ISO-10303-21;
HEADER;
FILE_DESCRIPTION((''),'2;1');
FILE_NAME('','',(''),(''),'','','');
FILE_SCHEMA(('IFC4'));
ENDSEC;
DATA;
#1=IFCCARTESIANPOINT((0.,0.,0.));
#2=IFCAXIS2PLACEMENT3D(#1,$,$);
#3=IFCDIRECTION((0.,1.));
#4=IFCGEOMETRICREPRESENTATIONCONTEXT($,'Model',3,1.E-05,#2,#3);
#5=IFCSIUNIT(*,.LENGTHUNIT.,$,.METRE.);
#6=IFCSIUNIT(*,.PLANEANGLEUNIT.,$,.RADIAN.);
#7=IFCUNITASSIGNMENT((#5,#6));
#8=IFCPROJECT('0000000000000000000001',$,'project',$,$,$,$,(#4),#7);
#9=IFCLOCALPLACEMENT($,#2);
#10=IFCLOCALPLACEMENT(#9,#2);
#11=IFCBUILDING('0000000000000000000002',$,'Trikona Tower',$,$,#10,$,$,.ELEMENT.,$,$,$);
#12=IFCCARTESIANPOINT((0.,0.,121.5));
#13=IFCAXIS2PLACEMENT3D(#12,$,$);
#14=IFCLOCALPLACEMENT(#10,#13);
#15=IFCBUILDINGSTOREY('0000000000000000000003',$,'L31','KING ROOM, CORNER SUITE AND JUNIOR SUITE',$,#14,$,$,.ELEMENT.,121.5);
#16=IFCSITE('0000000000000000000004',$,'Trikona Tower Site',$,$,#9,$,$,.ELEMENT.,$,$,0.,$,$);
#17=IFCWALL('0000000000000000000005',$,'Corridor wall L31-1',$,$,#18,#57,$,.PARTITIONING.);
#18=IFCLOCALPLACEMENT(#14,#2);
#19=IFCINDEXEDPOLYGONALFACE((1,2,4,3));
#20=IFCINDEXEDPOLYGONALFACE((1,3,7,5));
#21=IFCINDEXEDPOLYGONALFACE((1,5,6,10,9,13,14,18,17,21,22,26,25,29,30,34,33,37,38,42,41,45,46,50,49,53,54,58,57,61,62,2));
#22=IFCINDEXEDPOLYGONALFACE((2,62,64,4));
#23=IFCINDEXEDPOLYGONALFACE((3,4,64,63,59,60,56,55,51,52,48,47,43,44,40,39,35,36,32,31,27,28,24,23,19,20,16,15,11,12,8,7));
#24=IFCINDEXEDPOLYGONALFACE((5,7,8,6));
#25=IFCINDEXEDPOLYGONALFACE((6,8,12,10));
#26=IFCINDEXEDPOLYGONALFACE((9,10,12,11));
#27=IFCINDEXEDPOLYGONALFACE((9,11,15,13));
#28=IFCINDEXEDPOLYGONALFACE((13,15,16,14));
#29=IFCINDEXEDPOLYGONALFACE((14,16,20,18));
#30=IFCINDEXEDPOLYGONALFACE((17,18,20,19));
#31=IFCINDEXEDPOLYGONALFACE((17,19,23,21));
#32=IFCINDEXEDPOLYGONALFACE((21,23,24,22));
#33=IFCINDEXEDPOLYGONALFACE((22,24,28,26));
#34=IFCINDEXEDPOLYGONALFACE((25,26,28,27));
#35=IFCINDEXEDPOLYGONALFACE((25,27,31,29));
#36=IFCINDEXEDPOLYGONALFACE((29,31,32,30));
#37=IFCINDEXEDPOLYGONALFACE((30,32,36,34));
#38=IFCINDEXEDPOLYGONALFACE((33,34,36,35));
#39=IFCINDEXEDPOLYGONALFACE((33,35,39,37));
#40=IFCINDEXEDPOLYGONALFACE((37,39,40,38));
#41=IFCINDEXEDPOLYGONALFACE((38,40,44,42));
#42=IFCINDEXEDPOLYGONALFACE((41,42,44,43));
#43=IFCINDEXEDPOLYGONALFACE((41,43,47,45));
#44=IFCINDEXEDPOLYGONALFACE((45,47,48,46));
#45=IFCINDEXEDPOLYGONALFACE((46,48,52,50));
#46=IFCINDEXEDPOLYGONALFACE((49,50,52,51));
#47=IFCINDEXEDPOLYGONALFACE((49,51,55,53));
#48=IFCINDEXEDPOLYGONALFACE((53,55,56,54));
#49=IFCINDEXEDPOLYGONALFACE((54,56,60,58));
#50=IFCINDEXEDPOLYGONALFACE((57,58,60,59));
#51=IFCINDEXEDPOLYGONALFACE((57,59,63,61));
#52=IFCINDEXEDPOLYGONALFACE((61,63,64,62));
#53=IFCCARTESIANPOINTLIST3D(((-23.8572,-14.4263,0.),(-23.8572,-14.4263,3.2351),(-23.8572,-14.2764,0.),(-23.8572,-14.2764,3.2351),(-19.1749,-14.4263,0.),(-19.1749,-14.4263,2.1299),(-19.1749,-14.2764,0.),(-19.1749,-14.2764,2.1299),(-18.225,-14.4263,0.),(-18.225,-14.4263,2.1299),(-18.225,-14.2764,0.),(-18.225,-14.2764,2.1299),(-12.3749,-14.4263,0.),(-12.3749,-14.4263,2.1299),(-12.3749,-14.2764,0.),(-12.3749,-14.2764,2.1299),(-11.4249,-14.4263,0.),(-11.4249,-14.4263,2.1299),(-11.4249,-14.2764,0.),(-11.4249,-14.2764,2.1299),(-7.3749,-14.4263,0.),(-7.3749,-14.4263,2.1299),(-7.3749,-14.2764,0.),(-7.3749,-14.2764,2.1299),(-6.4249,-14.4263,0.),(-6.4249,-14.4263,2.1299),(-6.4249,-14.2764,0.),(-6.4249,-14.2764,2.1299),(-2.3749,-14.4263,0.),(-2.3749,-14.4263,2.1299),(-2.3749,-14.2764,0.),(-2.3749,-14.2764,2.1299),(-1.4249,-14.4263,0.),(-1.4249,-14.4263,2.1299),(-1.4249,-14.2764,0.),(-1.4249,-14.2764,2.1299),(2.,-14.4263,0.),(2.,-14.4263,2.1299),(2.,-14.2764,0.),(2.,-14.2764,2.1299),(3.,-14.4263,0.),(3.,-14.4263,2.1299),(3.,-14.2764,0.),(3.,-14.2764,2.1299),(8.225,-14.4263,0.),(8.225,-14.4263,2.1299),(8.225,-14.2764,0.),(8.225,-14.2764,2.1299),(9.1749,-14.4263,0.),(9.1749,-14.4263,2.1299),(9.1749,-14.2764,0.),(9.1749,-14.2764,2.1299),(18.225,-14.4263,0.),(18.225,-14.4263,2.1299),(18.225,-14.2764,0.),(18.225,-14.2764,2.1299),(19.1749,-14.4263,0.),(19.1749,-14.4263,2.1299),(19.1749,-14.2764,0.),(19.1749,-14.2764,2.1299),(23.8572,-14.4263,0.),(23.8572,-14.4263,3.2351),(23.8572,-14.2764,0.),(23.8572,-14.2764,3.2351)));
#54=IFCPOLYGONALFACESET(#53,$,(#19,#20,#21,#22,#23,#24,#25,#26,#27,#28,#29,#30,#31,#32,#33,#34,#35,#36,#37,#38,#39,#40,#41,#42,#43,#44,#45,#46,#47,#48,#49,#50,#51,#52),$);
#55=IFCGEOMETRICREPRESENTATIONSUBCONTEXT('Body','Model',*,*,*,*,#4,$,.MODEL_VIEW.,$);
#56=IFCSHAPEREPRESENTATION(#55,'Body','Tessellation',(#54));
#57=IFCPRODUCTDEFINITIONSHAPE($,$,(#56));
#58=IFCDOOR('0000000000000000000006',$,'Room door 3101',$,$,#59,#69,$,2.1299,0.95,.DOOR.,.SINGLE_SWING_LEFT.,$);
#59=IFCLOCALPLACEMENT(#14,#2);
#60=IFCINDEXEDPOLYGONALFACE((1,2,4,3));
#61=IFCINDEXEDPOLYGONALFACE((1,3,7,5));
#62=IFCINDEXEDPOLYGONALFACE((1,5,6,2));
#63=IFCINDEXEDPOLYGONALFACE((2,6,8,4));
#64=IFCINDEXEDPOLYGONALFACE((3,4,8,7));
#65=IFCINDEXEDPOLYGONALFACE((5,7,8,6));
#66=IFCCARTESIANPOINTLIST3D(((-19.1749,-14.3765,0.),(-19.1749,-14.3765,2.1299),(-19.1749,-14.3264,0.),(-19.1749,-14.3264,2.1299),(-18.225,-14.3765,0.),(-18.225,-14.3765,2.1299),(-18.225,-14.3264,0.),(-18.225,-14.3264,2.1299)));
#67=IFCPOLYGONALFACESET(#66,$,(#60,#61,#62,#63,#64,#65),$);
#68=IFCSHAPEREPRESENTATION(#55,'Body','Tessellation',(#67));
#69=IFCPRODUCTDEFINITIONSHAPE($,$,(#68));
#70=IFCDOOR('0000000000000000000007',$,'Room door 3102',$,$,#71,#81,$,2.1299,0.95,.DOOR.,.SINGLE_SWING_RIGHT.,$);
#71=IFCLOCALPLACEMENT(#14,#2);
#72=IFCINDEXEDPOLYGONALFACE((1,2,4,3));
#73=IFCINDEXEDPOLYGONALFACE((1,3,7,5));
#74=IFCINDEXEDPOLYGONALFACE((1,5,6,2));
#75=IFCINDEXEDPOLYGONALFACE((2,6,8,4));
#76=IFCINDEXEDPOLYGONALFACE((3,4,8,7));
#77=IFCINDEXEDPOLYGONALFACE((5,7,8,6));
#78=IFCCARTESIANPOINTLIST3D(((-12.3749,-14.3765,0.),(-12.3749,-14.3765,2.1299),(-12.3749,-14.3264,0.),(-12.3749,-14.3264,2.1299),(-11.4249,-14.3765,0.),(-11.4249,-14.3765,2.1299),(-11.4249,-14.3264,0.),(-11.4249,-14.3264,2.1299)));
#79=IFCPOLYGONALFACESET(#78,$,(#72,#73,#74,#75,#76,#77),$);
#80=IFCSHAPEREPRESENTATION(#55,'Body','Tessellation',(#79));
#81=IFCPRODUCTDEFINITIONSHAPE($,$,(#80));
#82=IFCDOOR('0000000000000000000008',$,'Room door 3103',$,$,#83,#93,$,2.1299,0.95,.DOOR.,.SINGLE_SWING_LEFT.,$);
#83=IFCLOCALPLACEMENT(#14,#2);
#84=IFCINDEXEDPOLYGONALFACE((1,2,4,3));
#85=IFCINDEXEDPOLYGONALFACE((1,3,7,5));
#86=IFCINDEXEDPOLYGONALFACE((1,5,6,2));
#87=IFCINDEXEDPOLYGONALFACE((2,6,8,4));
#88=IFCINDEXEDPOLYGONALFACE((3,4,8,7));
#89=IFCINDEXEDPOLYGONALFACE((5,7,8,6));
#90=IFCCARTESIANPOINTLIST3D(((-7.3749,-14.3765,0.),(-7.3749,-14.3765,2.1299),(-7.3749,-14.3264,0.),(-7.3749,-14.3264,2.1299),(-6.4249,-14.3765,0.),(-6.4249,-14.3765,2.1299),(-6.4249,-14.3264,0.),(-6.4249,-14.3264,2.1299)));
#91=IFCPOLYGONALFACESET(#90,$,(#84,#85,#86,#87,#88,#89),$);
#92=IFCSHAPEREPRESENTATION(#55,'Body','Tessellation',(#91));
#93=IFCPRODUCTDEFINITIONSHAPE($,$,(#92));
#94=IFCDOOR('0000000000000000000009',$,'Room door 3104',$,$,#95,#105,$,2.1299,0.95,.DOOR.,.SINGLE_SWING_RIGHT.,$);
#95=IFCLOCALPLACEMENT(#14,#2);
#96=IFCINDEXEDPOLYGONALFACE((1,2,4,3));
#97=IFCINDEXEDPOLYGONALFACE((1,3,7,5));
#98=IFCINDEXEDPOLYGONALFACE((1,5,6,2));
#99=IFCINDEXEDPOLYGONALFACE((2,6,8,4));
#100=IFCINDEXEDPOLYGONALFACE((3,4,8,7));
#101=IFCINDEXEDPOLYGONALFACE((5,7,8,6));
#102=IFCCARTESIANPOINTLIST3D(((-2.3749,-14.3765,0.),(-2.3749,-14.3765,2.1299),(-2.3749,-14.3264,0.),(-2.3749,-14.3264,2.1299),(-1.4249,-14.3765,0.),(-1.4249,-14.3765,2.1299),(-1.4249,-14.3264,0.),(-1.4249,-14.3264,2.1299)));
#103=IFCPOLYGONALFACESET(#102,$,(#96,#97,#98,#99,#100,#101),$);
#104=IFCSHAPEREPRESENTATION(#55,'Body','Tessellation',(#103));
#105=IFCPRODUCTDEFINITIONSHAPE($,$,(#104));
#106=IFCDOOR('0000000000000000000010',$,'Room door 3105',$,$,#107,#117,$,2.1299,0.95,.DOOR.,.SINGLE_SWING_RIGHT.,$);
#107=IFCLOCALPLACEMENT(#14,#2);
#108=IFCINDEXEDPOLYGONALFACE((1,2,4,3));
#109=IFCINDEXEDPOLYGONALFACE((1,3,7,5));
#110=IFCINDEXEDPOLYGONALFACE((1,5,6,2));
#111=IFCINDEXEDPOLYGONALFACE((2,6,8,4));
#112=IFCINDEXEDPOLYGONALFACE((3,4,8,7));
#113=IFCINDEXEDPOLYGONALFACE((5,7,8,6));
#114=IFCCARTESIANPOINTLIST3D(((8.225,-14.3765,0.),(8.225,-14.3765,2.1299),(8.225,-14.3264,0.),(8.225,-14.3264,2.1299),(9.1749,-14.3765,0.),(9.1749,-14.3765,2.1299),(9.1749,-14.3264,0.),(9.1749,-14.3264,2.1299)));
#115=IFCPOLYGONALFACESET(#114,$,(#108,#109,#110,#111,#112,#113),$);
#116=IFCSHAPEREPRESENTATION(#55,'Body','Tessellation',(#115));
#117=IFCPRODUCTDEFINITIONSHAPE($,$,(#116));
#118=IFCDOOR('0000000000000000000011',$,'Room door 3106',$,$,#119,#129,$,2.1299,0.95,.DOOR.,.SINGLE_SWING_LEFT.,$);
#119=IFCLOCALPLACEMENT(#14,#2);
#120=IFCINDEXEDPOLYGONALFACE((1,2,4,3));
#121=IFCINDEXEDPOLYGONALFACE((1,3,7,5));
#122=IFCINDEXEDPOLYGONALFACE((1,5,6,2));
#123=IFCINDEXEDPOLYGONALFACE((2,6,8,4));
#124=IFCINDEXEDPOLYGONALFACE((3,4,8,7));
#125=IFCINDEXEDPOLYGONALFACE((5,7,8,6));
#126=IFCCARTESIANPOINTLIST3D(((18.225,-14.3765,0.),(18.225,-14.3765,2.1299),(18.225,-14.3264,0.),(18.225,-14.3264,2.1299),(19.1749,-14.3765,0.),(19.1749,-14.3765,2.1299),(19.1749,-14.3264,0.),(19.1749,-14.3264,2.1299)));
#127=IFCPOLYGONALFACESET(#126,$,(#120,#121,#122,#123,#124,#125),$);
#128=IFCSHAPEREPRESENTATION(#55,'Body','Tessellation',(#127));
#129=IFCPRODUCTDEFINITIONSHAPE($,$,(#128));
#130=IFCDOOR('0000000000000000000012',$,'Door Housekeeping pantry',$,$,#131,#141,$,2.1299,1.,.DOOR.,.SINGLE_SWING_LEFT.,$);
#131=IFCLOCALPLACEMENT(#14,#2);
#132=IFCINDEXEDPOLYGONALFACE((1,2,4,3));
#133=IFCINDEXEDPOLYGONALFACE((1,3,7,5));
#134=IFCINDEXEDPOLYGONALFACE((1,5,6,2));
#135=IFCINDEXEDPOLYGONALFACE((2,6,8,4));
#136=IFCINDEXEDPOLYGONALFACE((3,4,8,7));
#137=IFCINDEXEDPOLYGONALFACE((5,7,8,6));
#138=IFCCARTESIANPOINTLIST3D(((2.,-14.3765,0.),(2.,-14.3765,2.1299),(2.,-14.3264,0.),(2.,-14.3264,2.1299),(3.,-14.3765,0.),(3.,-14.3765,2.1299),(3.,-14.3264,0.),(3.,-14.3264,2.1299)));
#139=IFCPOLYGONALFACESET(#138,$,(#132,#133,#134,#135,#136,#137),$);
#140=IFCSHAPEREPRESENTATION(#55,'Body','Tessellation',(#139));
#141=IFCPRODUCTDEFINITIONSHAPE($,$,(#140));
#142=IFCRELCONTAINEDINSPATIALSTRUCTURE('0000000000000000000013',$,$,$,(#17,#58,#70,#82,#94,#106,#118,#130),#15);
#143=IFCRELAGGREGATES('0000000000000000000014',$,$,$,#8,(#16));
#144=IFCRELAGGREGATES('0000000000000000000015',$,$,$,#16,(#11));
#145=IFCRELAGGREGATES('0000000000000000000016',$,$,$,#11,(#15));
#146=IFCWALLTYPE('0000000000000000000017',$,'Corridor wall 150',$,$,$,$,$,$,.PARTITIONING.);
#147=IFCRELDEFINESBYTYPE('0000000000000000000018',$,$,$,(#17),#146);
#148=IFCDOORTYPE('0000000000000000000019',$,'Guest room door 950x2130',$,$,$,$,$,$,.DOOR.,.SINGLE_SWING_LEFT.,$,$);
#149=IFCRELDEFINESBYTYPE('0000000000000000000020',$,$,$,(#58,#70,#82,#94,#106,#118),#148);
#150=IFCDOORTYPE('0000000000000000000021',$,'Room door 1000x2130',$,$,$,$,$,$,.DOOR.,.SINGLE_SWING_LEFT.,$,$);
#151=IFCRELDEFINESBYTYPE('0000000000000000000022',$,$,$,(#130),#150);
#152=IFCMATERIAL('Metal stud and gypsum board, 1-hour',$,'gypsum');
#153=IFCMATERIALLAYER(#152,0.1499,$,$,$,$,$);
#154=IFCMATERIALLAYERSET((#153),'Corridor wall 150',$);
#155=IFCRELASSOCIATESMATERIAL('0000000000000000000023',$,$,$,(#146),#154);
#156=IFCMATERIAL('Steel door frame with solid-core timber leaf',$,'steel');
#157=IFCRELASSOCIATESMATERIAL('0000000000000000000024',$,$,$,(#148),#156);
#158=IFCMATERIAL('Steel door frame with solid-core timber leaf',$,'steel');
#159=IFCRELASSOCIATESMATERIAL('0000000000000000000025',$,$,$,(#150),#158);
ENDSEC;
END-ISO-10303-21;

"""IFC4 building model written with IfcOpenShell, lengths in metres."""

from ifc_helpers import new_model, si_unit, direction, frame, frame_2d, origin, place, context, subcontext, project, spatial, rectangle, extrude, material, layer, layer_set, type_object, element, fill, save


model = new_model("IFC4")

# Units and contexts
model_context = context("Model", 3, precision=1e-05, world=origin(), true_north=direction((0.0, 1.0)))
body_context = subcontext(model_context, "Body", "Model", "MODEL_VIEW")
ifc_project = project(units=[si_unit("LENGTHUNIT", "METRE"), si_unit("PLANEANGLEUNIT", "RADIAN")], contexts=[model_context])

# Site, building, storey
site_placement = place(None, origin())
site = spatial("IfcSite", under=ifc_project, at=site_placement, Name="Trikona Tower Site", CompositionType="ELEMENT", RefElevation=0.0)
building_placement = place(site_placement, origin())
building = spatial("IfcBuilding", under=site, at=building_placement, Name="Trikona Tower", CompositionType="ELEMENT")
storey_placement = place(building_placement, frame((0.0, 0.0, 121.5)))
storey = spatial("IfcBuildingStorey", under=building, at=storey_placement, Name="L31", Description="KING ROOM, CORNER SUITE AND JUNIOR SUITE", CompositionType="ELEMENT", Elevation=121.5)

# Wall, openings, doors
ifc_material_1 = material(Name="Metal stud and gypsum board, 1-hour", Category="gypsum")
ifc_layer_1 = layer(ifc_material_1, 0.1499)
ifc_layer_set_1 = layer_set([ifc_layer_1], Name="Corridor wall 150")
wall_type_1 = type_object("IfcWallType", Name="Corridor wall 150", PredefinedType="PARTITIONING", material=ifc_layer_set_1)
wall_1_placement = place(storey_placement, frame((-23.8572, -14.3513, 0.0), z_axis=(0.0, 0.0, 1.0), x_axis=(1.0, 0.0, 0.0)))
wall_1 = element("IfcWall", 1, at=wall_1_placement, inside=storey, type_object=wall_type_1, Name="Corridor wall L31-1", PredefinedType="PARTITIONING", context=body_context, shape_type="SweptSolid", body=[
    extrude(rectangle(XDim=47.7144, YDim=0.1499, at=frame_2d((23.8572, 0.0))), origin(), (0.0, 0.0, 1.0), 3.2351),
])
opening_1_placement = place(wall_1_placement, frame((4.6821, 0.0, 0.0)))
opening_1 = element("IfcOpeningElement", 2, at=opening_1_placement, cuts=wall_1, PredefinedType="OPENING", context=body_context, shape_type="SweptSolid", body=[
    extrude(rectangle(XDim=0.95, YDim=2.1299, at=frame_2d((0.4751, 1.0649))), frame((0.0, 0.085, 0.0), z_axis=(0.0, -1.0, 0.0), x_axis=(1.0, 0.0, 0.0)), (0.0, 0.0, 1.0), 0.1699),
])
opening_2_placement = place(wall_1_placement, frame((11.4822, 0.0, 0.0)))
opening_2 = element("IfcOpeningElement", 3, at=opening_2_placement, cuts=wall_1, PredefinedType="OPENING", context=body_context, shape_type="SweptSolid", body=[
    extrude(rectangle(XDim=0.95, YDim=2.1299, at=frame_2d((0.4751, 1.0649))), frame((0.0, 0.085, 0.0), z_axis=(0.0, -1.0, 0.0), x_axis=(1.0, 0.0, 0.0)), (0.0, 0.0, 1.0), 0.1699),
])
opening_3_placement = place(wall_1_placement, frame((16.4822, 0.0, 0.0)))
opening_3 = element("IfcOpeningElement", 4, at=opening_3_placement, cuts=wall_1, PredefinedType="OPENING", context=body_context, shape_type="SweptSolid", body=[
    extrude(rectangle(XDim=0.95, YDim=2.1299, at=frame_2d((0.4751, 1.0649))), frame((0.0, 0.085, 0.0), z_axis=(0.0, -1.0, 0.0), x_axis=(1.0, 0.0, 0.0)), (0.0, 0.0, 1.0), 0.1699),
])
opening_4_placement = place(wall_1_placement, frame((21.4822, 0.0, 0.0)))
opening_4 = element("IfcOpeningElement", 5, at=opening_4_placement, cuts=wall_1, PredefinedType="OPENING", context=body_context, shape_type="SweptSolid", body=[
    extrude(rectangle(XDim=0.95, YDim=2.1299, at=frame_2d((0.4751, 1.0649))), frame((0.0, 0.085, 0.0), z_axis=(0.0, -1.0, 0.0), x_axis=(1.0, 0.0, 0.0)), (0.0, 0.0, 1.0), 0.1699),
])
opening_5_placement = place(wall_1_placement, frame((25.8572, 0.0, 0.0)))
opening_5 = element("IfcOpeningElement", 6, at=opening_5_placement, cuts=wall_1, PredefinedType="OPENING", context=body_context, shape_type="SweptSolid", body=[
    extrude(rectangle(XDim=1.0, YDim=2.1299, at=frame_2d((0.5, 1.0649))), frame((0.0, 0.085, 0.0), z_axis=(0.0, -1.0, 0.0), x_axis=(1.0, 0.0, 0.0)), (0.0, 0.0, 1.0), 0.1699),
])
opening_6_placement = place(wall_1_placement, frame((32.082, 0.0, 0.0)))
opening_6 = element("IfcOpeningElement", 7, at=opening_6_placement, cuts=wall_1, PredefinedType="OPENING", context=body_context, shape_type="SweptSolid", body=[
    extrude(rectangle(XDim=0.95, YDim=2.1299, at=frame_2d((0.4751, 1.0649))), frame((0.0, 0.085, 0.0), z_axis=(0.0, -1.0, 0.0), x_axis=(1.0, 0.0, 0.0)), (0.0, 0.0, 1.0), 0.1699),
])
opening_7_placement = place(wall_1_placement, frame((42.082, 0.0, 0.0)))
opening_7 = element("IfcOpeningElement", 8, at=opening_7_placement, cuts=wall_1, PredefinedType="OPENING", context=body_context, shape_type="SweptSolid", body=[
    extrude(rectangle(XDim=0.95, YDim=2.1299, at=frame_2d((0.4751, 1.0649))), frame((0.0, 0.085, 0.0), z_axis=(0.0, -1.0, 0.0), x_axis=(1.0, 0.0, 0.0)), (0.0, 0.0, 1.0), 0.1699),
])
ifc_material_2 = material(Name="Steel door frame with solid-core timber leaf", Category="steel")
door_type_1 = type_object("IfcDoorType", Name="Guest room door 950x2130", OperationType="SINGLE_SWING_LEFT", PredefinedType="DOOR", material=ifc_material_2)
door_1_placement = place(opening_1_placement, origin())
door_1 = element("IfcDoor", 9, at=door_1_placement, inside=storey, type_object=door_type_1, Name="Room door 3101", OperationType="SINGLE_SWING_LEFT", OverallHeight=2.1299, OverallWidth=0.95, PredefinedType="DOOR", context=body_context, shape_type="SweptSolid", body=[
    extrude(rectangle(XDim=0.95, YDim=2.1299, at=frame_2d((0.4751, 1.0649))), frame((0.0, 0.0249, 0.0), z_axis=(0.0, -1.0, 0.0), x_axis=(1.0, 0.0, 0.0)), (0.0, 0.0, 1.0), 0.05),
])
fill(opening_1, door_1)
door_2_placement = place(opening_2_placement, origin())
door_2 = element("IfcDoor", 10, at=door_2_placement, inside=storey, type_object=door_type_1, Name="Room door 3102", OperationType="SINGLE_SWING_RIGHT", OverallHeight=2.1299, OverallWidth=0.95, PredefinedType="DOOR", context=body_context, shape_type="SweptSolid", body=[
    extrude(rectangle(XDim=0.95, YDim=2.1299, at=frame_2d((0.4751, 1.0649))), frame((0.0, 0.0249, 0.0), z_axis=(0.0, -1.0, 0.0), x_axis=(1.0, 0.0, 0.0)), (0.0, 0.0, 1.0), 0.05),
])
fill(opening_2, door_2)
door_3_placement = place(opening_3_placement, origin())
door_3 = element("IfcDoor", 11, at=door_3_placement, inside=storey, type_object=door_type_1, Name="Room door 3103", OperationType="SINGLE_SWING_LEFT", OverallHeight=2.1299, OverallWidth=0.95, PredefinedType="DOOR", context=body_context, shape_type="SweptSolid", body=[
    extrude(rectangle(XDim=0.95, YDim=2.1299, at=frame_2d((0.4751, 1.0649))), frame((0.0, 0.0249, 0.0), z_axis=(0.0, -1.0, 0.0), x_axis=(1.0, 0.0, 0.0)), (0.0, 0.0, 1.0), 0.05),
])
fill(opening_3, door_3)
door_4_placement = place(opening_4_placement, origin())
door_4 = element("IfcDoor", 12, at=door_4_placement, inside=storey, type_object=door_type_1, Name="Room door 3104", OperationType="SINGLE_SWING_RIGHT", OverallHeight=2.1299, OverallWidth=0.95, PredefinedType="DOOR", context=body_context, shape_type="SweptSolid", body=[
    extrude(rectangle(XDim=0.95, YDim=2.1299, at=frame_2d((0.4751, 1.0649))), frame((0.0, 0.0249, 0.0), z_axis=(0.0, -1.0, 0.0), x_axis=(1.0, 0.0, 0.0)), (0.0, 0.0, 1.0), 0.05),
])
fill(opening_4, door_4)
door_5_placement = place(opening_6_placement, origin())
door_5 = element("IfcDoor", 13, at=door_5_placement, inside=storey, type_object=door_type_1, Name="Room door 3105", OperationType="SINGLE_SWING_RIGHT", OverallHeight=2.1299, OverallWidth=0.95, PredefinedType="DOOR", context=body_context, shape_type="SweptSolid", body=[
    extrude(rectangle(XDim=0.95, YDim=2.1299, at=frame_2d((0.4751, 1.0649))), frame((0.0, 0.0249, 0.0), z_axis=(0.0, -1.0, 0.0), x_axis=(1.0, 0.0, 0.0)), (0.0, 0.0, 1.0), 0.05),
])
fill(opening_6, door_5)
door_6_placement = place(opening_7_placement, origin())
door_6 = element("IfcDoor", 14, at=door_6_placement, inside=storey, type_object=door_type_1, Name="Room door 3106", OperationType="SINGLE_SWING_LEFT", OverallHeight=2.1299, OverallWidth=0.95, PredefinedType="DOOR", context=body_context, shape_type="SweptSolid", body=[
    extrude(rectangle(XDim=0.95, YDim=2.1299, at=frame_2d((0.4751, 1.0649))), frame((0.0, 0.0249, 0.0), z_axis=(0.0, -1.0, 0.0), x_axis=(1.0, 0.0, 0.0)), (0.0, 0.0, 1.0), 0.05),
])
fill(opening_7, door_6)
ifc_material_3 = material(Name="Steel door frame with solid-core timber leaf", Category="steel")
door_type_2 = type_object("IfcDoorType", Name="Room door 1000x2130", OperationType="SINGLE_SWING_LEFT", PredefinedType="DOOR", material=ifc_material_3)
door_7_placement = place(opening_5_placement, origin())
door_7 = element("IfcDoor", 15, at=door_7_placement, inside=storey, type_object=door_type_2, Name="Door Housekeeping pantry", OperationType="SINGLE_SWING_LEFT", OverallHeight=2.1299, OverallWidth=1.0, PredefinedType="DOOR", context=body_context, shape_type="SweptSolid", body=[
    extrude(rectangle(XDim=1.0, YDim=2.1299, at=frame_2d((0.5, 1.0649))), frame((0.0, 0.0249, 0.0), z_axis=(0.0, -1.0, 0.0), x_axis=(1.0, 0.0, 0.0)), (0.0, 0.0, 1.0), 0.05),
])
fill(opening_5, door_7)

save(model, "model.ifc")
